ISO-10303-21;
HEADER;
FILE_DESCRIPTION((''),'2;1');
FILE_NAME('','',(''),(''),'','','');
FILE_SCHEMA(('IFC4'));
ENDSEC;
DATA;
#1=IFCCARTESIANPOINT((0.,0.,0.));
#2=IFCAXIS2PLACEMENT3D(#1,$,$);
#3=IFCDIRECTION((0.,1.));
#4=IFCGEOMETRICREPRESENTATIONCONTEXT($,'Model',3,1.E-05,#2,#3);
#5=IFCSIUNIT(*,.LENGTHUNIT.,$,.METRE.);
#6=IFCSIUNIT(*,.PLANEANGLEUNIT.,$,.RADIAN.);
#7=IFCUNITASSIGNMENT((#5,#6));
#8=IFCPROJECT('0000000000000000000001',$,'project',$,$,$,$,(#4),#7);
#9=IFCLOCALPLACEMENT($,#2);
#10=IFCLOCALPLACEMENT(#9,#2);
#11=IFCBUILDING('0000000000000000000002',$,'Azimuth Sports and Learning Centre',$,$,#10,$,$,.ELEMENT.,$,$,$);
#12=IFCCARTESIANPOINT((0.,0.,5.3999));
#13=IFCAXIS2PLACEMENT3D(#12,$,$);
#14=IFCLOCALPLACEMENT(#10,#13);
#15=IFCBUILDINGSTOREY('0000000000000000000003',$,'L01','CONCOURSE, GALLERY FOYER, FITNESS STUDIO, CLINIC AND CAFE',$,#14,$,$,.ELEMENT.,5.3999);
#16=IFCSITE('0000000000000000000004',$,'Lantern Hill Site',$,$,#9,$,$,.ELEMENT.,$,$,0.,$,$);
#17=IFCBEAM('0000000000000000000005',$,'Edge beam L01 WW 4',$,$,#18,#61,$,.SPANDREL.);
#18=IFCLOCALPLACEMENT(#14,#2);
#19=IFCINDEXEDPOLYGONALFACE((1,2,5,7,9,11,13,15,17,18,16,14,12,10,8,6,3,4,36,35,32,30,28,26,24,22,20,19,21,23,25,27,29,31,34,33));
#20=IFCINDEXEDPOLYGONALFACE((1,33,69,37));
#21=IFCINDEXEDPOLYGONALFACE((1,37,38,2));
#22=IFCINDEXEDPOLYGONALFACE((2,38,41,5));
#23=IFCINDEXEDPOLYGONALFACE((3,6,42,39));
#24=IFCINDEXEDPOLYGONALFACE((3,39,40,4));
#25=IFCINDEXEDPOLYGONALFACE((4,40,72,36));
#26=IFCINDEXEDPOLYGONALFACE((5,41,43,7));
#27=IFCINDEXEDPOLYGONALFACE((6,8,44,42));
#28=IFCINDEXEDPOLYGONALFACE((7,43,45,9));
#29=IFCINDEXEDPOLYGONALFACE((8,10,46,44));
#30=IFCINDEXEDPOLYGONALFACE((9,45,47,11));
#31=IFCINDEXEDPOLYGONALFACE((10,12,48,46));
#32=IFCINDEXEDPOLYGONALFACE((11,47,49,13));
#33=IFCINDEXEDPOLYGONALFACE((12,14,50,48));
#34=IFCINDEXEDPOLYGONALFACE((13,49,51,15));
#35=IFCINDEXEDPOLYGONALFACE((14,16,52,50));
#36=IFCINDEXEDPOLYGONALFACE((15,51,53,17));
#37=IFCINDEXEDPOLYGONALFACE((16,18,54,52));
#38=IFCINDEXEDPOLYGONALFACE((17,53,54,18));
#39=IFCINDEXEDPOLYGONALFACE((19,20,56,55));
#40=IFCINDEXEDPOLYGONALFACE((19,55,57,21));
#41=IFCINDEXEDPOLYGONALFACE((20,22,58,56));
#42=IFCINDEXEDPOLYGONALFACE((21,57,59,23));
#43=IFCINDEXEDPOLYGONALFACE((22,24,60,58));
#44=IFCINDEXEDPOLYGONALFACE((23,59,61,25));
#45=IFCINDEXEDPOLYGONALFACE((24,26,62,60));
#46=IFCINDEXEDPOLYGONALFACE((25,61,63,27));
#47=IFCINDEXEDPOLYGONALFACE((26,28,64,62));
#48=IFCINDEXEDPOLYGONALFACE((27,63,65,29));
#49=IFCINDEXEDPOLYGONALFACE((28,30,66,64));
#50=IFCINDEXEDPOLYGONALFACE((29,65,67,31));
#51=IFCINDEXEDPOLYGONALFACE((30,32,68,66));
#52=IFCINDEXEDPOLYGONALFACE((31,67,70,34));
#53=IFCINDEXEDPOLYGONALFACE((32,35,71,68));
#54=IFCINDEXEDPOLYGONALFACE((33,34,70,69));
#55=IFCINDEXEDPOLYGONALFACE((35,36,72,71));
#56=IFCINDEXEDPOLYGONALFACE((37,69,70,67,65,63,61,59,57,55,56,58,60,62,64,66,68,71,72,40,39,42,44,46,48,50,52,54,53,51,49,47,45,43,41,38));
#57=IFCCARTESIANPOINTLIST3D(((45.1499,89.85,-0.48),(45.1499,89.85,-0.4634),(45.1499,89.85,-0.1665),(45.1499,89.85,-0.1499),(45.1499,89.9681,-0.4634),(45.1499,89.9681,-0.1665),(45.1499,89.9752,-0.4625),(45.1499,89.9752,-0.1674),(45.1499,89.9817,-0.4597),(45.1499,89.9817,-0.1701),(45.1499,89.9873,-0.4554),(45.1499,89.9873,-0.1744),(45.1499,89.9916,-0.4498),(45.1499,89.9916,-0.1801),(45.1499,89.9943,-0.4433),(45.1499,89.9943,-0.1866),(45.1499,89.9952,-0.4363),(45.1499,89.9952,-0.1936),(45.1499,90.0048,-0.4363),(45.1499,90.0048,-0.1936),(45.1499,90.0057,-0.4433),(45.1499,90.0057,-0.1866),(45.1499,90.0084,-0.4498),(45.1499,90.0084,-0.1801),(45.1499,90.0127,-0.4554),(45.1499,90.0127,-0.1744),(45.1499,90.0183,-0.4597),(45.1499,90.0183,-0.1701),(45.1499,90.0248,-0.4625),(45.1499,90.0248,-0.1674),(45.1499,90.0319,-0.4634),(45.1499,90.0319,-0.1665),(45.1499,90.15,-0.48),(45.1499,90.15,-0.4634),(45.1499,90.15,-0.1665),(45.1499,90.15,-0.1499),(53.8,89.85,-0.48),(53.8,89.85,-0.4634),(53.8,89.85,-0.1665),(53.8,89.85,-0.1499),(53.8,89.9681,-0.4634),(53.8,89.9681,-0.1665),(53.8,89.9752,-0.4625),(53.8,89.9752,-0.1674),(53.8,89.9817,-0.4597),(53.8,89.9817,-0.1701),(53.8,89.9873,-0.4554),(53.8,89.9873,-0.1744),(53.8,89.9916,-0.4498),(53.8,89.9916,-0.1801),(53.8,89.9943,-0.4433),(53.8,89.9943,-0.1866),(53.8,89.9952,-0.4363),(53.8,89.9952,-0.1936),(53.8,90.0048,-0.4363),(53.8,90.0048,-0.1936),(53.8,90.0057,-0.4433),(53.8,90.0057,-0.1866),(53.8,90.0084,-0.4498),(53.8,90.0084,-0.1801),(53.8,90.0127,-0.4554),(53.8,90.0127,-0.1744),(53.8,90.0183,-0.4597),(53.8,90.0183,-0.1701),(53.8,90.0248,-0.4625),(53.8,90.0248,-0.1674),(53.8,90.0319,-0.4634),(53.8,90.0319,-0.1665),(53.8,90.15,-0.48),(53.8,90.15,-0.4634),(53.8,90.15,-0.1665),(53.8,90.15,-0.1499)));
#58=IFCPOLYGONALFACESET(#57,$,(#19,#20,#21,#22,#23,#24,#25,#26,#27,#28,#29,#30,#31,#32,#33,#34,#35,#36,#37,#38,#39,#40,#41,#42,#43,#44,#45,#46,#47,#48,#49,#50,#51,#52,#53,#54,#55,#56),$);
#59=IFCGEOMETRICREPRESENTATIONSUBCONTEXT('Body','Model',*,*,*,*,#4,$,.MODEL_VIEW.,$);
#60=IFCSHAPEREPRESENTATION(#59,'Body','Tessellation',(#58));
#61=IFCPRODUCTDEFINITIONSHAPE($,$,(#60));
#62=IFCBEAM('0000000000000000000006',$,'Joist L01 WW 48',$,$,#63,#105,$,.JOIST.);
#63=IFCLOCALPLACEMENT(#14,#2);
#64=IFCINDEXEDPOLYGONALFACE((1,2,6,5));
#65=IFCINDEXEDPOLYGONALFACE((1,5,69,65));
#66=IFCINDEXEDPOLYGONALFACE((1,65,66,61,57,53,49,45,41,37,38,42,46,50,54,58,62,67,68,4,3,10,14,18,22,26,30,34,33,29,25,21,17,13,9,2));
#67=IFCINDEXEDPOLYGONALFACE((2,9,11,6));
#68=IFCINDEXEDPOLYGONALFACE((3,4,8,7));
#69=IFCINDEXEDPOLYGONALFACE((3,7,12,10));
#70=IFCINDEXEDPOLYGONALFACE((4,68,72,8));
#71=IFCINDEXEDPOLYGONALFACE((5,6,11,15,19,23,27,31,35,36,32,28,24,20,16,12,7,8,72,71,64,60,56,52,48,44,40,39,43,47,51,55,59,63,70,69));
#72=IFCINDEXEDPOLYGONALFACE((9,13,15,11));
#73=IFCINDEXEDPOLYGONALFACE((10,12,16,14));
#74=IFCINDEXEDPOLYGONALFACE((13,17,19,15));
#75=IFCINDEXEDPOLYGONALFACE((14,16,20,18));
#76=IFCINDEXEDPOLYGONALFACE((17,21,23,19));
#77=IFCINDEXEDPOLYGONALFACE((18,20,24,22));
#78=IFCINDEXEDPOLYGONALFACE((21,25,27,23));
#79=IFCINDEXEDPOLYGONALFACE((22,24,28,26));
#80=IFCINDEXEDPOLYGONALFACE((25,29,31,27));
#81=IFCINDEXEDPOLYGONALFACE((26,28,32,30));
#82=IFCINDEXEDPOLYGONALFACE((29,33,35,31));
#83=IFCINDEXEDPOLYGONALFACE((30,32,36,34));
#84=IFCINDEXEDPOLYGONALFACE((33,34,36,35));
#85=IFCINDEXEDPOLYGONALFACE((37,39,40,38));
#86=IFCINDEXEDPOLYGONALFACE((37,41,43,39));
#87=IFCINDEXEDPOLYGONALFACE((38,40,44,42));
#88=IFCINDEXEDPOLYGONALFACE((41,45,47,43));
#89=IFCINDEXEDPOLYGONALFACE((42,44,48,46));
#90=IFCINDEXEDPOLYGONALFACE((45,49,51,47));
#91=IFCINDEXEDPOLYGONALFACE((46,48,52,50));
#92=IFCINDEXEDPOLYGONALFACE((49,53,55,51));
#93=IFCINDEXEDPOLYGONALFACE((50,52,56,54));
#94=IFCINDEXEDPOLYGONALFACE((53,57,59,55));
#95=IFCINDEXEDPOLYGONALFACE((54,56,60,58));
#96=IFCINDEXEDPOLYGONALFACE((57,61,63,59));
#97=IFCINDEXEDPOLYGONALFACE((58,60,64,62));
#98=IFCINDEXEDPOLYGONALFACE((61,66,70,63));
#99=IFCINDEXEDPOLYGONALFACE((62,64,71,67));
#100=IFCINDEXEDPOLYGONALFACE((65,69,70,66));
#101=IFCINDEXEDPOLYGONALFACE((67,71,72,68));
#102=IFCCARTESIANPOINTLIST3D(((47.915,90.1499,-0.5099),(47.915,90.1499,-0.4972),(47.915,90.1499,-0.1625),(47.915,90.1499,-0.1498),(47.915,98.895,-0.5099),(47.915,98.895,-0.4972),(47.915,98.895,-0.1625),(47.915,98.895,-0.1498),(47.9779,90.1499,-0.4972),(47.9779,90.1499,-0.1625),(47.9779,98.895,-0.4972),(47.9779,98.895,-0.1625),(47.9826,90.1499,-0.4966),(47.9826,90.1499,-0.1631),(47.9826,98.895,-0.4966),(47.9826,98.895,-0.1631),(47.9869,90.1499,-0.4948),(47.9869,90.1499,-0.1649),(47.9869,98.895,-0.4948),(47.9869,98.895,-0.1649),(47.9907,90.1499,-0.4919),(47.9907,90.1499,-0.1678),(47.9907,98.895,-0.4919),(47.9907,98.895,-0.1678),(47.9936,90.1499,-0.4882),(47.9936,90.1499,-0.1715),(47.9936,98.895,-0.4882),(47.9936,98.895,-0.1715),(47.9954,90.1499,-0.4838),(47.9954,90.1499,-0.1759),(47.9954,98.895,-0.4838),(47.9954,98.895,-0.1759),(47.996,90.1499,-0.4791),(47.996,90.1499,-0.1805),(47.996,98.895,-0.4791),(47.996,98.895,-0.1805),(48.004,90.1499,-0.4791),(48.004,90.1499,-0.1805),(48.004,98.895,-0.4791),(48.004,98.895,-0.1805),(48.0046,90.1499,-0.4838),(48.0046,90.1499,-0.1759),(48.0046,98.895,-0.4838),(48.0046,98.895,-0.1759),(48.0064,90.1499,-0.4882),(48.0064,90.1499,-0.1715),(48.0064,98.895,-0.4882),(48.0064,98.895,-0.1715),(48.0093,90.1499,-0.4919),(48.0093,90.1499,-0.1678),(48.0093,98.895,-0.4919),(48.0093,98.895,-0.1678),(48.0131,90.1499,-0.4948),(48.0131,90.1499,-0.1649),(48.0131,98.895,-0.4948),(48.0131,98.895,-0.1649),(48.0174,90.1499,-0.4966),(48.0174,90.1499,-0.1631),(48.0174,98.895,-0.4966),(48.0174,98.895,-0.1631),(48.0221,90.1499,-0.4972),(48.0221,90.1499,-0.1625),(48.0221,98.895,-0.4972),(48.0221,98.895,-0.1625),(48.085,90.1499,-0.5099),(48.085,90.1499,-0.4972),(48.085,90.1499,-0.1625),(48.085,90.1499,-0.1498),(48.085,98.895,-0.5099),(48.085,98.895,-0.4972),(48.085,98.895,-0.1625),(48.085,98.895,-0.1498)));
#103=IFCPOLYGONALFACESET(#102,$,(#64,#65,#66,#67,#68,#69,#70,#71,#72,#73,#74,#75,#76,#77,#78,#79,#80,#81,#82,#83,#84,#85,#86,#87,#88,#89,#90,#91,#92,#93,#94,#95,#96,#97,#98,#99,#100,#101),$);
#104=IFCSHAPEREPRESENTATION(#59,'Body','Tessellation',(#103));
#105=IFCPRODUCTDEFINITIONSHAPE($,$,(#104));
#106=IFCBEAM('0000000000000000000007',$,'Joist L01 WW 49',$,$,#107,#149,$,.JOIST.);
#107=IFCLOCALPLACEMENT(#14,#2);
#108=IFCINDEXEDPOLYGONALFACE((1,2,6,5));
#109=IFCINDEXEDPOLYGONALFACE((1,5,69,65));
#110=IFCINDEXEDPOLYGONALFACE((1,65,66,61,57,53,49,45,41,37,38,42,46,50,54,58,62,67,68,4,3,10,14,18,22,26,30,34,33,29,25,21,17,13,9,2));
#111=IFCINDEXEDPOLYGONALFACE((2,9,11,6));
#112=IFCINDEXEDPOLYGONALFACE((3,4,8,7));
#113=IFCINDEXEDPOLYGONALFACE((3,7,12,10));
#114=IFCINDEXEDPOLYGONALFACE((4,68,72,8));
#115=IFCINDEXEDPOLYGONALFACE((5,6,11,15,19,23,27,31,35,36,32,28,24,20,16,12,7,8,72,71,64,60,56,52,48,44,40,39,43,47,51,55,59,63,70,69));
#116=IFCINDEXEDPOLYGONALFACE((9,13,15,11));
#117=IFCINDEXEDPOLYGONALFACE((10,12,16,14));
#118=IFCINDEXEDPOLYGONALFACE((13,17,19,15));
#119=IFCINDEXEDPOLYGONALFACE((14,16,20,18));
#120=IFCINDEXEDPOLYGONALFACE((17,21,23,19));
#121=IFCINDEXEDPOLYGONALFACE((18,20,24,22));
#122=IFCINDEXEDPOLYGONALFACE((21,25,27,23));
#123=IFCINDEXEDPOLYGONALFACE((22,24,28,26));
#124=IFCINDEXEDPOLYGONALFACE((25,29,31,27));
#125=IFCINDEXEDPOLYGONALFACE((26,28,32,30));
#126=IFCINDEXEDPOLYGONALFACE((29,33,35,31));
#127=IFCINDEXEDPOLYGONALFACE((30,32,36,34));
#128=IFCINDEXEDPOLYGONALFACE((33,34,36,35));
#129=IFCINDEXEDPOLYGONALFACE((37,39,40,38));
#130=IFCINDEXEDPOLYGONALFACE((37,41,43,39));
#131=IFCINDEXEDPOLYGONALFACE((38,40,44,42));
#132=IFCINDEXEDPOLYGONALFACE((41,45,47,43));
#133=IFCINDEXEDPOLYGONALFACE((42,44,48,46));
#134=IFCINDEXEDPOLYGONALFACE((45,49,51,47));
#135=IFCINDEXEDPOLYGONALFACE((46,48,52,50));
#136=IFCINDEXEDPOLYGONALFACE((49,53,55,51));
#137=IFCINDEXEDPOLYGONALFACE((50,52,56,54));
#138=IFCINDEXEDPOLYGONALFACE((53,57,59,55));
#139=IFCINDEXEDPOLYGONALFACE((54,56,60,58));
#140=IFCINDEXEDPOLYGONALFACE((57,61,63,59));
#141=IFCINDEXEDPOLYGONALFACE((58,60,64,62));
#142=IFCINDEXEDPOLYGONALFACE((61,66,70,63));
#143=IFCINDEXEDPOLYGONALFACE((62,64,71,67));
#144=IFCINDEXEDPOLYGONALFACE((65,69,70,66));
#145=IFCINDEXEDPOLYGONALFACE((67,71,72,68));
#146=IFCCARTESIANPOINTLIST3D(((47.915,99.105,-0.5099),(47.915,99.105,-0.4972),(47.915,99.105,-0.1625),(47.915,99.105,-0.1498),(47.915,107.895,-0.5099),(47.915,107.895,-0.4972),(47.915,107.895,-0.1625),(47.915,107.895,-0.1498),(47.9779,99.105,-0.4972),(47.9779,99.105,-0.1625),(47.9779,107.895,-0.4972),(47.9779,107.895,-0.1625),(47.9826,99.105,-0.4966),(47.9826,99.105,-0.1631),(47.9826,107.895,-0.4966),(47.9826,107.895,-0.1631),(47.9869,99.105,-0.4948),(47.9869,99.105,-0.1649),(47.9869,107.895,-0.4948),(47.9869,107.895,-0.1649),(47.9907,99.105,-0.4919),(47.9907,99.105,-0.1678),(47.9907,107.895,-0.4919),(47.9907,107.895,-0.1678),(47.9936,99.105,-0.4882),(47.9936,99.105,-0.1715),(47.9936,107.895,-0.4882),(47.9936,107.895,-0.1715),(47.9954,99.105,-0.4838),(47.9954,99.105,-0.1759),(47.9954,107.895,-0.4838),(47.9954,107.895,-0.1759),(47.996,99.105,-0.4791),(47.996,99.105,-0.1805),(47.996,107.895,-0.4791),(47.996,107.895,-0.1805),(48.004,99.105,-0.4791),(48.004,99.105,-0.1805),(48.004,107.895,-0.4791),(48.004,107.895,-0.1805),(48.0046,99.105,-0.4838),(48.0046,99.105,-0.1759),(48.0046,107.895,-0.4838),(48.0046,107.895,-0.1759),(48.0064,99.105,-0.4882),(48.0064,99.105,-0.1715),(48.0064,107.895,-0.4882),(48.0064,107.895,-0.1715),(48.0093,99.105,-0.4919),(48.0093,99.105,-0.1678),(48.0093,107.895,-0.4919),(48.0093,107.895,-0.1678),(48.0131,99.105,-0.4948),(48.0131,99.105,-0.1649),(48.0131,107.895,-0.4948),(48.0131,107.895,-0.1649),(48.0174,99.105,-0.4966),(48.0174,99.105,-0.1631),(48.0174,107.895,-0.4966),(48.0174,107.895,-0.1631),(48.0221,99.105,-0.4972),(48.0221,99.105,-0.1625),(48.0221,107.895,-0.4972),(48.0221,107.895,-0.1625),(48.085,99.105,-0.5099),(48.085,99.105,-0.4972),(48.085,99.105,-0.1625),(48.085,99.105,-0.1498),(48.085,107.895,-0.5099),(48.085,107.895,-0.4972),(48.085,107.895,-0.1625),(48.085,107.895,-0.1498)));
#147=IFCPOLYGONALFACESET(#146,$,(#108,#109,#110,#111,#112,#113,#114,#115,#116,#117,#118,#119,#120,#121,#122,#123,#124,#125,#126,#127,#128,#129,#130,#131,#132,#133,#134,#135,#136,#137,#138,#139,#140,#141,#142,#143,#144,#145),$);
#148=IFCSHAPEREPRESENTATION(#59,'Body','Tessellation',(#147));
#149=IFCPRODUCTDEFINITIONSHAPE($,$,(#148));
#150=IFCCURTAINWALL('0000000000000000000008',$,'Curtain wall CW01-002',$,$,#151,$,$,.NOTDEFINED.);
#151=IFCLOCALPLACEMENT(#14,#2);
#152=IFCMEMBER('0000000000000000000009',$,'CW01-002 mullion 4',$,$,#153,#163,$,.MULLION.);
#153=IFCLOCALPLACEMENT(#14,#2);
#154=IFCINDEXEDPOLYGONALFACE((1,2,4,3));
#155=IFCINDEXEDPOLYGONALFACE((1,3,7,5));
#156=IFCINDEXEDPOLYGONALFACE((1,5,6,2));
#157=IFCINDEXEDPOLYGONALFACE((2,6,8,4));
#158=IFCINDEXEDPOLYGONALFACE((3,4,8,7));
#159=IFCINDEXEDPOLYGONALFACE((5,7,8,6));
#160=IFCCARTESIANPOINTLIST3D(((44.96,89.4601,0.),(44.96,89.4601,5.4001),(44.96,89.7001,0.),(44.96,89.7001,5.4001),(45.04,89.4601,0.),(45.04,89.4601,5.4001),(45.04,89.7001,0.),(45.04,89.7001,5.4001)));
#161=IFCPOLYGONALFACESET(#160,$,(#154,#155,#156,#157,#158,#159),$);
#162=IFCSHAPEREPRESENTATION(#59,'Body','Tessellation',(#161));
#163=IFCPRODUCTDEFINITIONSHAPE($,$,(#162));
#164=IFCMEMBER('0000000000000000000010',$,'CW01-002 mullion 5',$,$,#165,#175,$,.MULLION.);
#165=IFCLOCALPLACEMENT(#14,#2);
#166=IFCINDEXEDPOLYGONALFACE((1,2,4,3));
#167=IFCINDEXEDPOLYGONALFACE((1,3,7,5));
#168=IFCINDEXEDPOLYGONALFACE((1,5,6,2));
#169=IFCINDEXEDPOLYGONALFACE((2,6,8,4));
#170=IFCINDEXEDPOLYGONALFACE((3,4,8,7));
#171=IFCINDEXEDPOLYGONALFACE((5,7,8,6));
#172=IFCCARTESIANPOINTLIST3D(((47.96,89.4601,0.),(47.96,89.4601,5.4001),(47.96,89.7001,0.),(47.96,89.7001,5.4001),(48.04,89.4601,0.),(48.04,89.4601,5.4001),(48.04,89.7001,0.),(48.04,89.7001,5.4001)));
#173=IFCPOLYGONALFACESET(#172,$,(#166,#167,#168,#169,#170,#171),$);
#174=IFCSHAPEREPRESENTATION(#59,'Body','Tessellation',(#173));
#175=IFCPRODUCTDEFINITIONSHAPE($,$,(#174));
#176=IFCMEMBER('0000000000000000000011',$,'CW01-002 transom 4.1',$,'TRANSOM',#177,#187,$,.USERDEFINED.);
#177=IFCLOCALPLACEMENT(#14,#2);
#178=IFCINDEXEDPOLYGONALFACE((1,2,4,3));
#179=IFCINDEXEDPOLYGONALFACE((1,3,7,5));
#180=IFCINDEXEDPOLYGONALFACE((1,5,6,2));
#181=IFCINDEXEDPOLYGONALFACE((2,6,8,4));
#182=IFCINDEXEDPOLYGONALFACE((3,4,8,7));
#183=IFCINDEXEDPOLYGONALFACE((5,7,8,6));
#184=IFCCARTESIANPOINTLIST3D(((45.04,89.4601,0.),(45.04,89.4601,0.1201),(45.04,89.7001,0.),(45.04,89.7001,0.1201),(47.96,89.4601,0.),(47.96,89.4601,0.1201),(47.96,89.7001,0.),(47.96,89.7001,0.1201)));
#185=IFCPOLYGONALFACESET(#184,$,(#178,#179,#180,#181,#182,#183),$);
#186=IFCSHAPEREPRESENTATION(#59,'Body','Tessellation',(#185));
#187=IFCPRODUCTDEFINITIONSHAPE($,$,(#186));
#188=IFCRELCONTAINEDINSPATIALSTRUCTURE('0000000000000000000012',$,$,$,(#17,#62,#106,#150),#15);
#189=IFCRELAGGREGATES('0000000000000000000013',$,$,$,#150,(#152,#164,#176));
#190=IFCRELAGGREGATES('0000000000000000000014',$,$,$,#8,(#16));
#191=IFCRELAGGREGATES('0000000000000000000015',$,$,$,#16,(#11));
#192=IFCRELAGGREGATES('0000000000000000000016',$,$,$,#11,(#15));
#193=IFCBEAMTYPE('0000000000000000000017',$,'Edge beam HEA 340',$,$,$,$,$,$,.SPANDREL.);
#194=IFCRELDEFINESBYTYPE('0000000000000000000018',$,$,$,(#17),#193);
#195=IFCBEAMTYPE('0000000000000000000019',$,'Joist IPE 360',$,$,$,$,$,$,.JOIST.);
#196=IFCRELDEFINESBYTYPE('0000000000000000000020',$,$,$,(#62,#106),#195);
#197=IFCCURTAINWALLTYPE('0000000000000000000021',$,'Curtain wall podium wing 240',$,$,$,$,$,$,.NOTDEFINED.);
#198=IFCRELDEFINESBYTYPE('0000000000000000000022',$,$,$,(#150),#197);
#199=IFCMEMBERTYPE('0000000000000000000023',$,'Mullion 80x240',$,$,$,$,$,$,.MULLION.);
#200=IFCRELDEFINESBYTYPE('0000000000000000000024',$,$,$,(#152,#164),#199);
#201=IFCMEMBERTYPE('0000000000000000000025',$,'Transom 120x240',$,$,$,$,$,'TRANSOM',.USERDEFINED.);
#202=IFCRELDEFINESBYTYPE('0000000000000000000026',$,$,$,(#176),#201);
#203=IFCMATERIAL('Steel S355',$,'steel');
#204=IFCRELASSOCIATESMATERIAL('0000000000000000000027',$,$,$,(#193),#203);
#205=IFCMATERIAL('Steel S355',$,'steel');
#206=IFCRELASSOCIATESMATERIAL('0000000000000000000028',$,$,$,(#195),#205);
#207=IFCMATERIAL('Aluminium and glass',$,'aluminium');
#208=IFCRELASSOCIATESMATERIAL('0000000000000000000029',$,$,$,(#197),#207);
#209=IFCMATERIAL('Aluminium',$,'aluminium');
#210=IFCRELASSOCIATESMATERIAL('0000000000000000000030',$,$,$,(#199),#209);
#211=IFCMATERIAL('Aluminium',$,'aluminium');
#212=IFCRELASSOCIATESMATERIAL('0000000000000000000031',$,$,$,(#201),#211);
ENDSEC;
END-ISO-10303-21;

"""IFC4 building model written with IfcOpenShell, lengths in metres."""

from ifc_helpers import new_model, si_unit, direction, frame, origin, origin_2d, place, context, subcontext, project, spatial, rectangle, i_section, extrude, material, material_profile, profile_set, type_object, element, aggregate, save


model = new_model("IFC4")

# Units and contexts
model_context = context("Model", 3, precision=1e-05, world=origin(), true_north=direction((0.0, 1.0)))
body_context = subcontext(model_context, "Body", "Model", "MODEL_VIEW")
ifc_project = project(units=[si_unit("LENGTHUNIT", "METRE"), si_unit("PLANEANGLEUNIT", "RADIAN")], contexts=[model_context])

# Site, building, storey
site_placement = place(None, origin())
site = spatial("IfcSite", under=ifc_project, at=site_placement, Name="Lantern Hill Site", CompositionType="ELEMENT", RefElevation=0.0)
building_placement = place(site_placement, origin())
building = spatial("IfcBuilding", under=site, at=building_placement, Name="Azimuth Sports and Learning Centre", CompositionType="ELEMENT")
storey_placement = place(building_placement, frame((0.0, 0.0, 5.3999)))
storey = spatial("IfcBuildingStorey", under=building, at=storey_placement, Name="L01", Description="CONCOURSE, GALLERY FOYER, FITNESS STUDIO, CLINIC AND CAFE", CompositionType="ELEMENT", Elevation=5.3999)

# Beams
ifc_material_1 = material(Name="Steel S355", Category="steel")
ifc_material_profile_1 = material_profile(ifc_material_1, i_section(OverallWidth=0.3, OverallDepth=0.3301, WebThickness=0.0095, FlangeThickness=0.0166, FilletRadius=0.0271, at=origin_2d()), Name="HEA 340")
ifc_profile_set_1 = profile_set([ifc_material_profile_1], Name="Steel S355")
beam_type_1 = type_object("IfcBeamType", Name="Edge beam HEA 340", PredefinedType="SPANDREL", material=ifc_profile_set_1)
beam_1_placement = place(storey_placement, frame((45.1499, 90.0, -0.3149), z_axis=(1.0, 0.0, 0.0), x_axis=(0.0, 1.0, 0.0)))
element("IfcBeam", 1, at=beam_1_placement, inside=storey, type_object=beam_type_1, Name="Edge beam L01 WW 4", PredefinedType="SPANDREL", context=body_context, shape_type="SweptSolid", body=[
    extrude(i_section(OverallWidth=0.3, OverallDepth=0.3301, WebThickness=0.0095, FlangeThickness=0.0166, FilletRadius=0.0271, at=origin_2d()), origin(), (0.0, 0.0, 1.0), 8.6501),
])
ifc_material_2 = material(Name="Steel S355", Category="steel")
ifc_material_profile_2 = material_profile(ifc_material_2, i_section(OverallWidth=0.1699, OverallDepth=0.3601, WebThickness=0.0081, FlangeThickness=0.0127, FilletRadius=0.0181, at=origin_2d()), Name="IPE 360")
ifc_profile_set_2 = profile_set([ifc_material_profile_2], Name="Steel S355")
beam_type_2 = type_object("IfcBeamType", Name="Joist IPE 360", PredefinedType="JOIST", material=ifc_profile_set_2)
beam_2_placement = place(storey_placement, frame((48.0, 90.1499, -0.3298), z_axis=(0.0, 1.0, 0.0), x_axis=(-1.0, 0.0, 0.0)))
element("IfcBeam", 2, at=beam_2_placement, inside=storey, type_object=beam_type_2, Name="Joist L01 WW 48", PredefinedType="JOIST", context=body_context, shape_type="SweptSolid", body=[
    extrude(i_section(OverallWidth=0.1699, OverallDepth=0.3601, WebThickness=0.0081, FlangeThickness=0.0127, FilletRadius=0.0181, at=origin_2d()), origin(), (0.0, 0.0, 1.0), 8.7451),
])
beam_3_placement = place(storey_placement, frame((48.0, 99.105, -0.3298), z_axis=(0.0, 1.0, 0.0), x_axis=(-1.0, 0.0, 0.0)))
element("IfcBeam", 3, at=beam_3_placement, inside=storey, type_object=beam_type_2, Name="Joist L01 WW 49", PredefinedType="JOIST", context=body_context, shape_type="SweptSolid", body=[
    extrude(i_section(OverallWidth=0.1699, OverallDepth=0.3601, WebThickness=0.0081, FlangeThickness=0.0127, FilletRadius=0.0181, at=origin_2d()), origin(), (0.0, 0.0, 1.0), 8.79),
])

# Curtain wall, members
ifc_material_3 = material(Name="Aluminium and glass", Category="aluminium")
curtain_wall_type = type_object("IfcCurtainWallType", Name="Curtain wall podium wing 240", PredefinedType="NOTDEFINED", material=ifc_material_3)
curtain_wall_placement = place(storey_placement, origin())
curtain_wall = element("IfcCurtainWall", 4, at=curtain_wall_placement, inside=storey, type_object=curtain_wall_type, Name="Curtain wall CW01-002", PredefinedType="NOTDEFINED")
ifc_material_4 = material(Name="Aluminium", Category="aluminium")
ifc_material_profile_3 = material_profile(ifc_material_4, rectangle(XDim=0.24, YDim=0.0801, at=origin_2d()), Name="Mullion 80x240")
ifc_profile_set_3 = profile_set([ifc_material_profile_3], Name="Aluminium")
member_type_1 = type_object("IfcMemberType", Name="Mullion 80x240", PredefinedType="MULLION", material=ifc_profile_set_3)
member_1_placement = place(storey_placement, frame((45.0, 89.5801, 0.0), z_axis=(0.0, 0.0, 1.0), x_axis=(0.0, 1.0, 0.0)))
member_1 = element("IfcMember", 5, at=member_1_placement, type_object=member_type_1, Name="CW01-002 mullion 4", PredefinedType="MULLION", context=body_context, shape_type="SweptSolid", body=[
    extrude(rectangle(XDim=0.24, YDim=0.0801, at=origin_2d()), origin(), (0.0, 0.0, 1.0), 5.4001),
])
member_2_placement = place(storey_placement, frame((48.0, 89.5801, 0.0), z_axis=(0.0, 0.0, 1.0), x_axis=(0.0, 1.0, 0.0)))
member_2 = element("IfcMember", 6, at=member_2_placement, type_object=member_type_1, Name="CW01-002 mullion 5", PredefinedType="MULLION", context=body_context, shape_type="SweptSolid", body=[
    extrude(rectangle(XDim=0.24, YDim=0.0801, at=origin_2d()), origin(), (0.0, 0.0, 1.0), 5.4001),
])
ifc_material_5 = material(Name="Aluminium", Category="aluminium")
ifc_material_profile_4 = material_profile(ifc_material_5, rectangle(XDim=0.24, YDim=0.1201, at=origin_2d()), Name="Transom 120x240")
ifc_profile_set_4 = profile_set([ifc_material_profile_4], Name="Aluminium")
member_type_2 = type_object("IfcMemberType", Name="Transom 120x240", ElementType="TRANSOM", PredefinedType="USERDEFINED", material=ifc_profile_set_4)
member_3_placement = place(storey_placement, frame((45.04, 89.5801, 0.0601), z_axis=(1.0, 0.0, 0.0), x_axis=(0.0, 1.0, 0.0)))
member_3 = element("IfcMember", 7, at=member_3_placement, type_object=member_type_2, Name="CW01-002 transom 4.1", ObjectType="TRANSOM", PredefinedType="USERDEFINED", context=body_context, shape_type="SweptSolid", body=[
    extrude(rectangle(XDim=0.24, YDim=0.1201, at=origin_2d()), origin(), (0.0, 0.0, 1.0), 2.9199),
])
aggregate(curtain_wall, [member_1, member_2, member_3])

save(model, "model.ifc")
